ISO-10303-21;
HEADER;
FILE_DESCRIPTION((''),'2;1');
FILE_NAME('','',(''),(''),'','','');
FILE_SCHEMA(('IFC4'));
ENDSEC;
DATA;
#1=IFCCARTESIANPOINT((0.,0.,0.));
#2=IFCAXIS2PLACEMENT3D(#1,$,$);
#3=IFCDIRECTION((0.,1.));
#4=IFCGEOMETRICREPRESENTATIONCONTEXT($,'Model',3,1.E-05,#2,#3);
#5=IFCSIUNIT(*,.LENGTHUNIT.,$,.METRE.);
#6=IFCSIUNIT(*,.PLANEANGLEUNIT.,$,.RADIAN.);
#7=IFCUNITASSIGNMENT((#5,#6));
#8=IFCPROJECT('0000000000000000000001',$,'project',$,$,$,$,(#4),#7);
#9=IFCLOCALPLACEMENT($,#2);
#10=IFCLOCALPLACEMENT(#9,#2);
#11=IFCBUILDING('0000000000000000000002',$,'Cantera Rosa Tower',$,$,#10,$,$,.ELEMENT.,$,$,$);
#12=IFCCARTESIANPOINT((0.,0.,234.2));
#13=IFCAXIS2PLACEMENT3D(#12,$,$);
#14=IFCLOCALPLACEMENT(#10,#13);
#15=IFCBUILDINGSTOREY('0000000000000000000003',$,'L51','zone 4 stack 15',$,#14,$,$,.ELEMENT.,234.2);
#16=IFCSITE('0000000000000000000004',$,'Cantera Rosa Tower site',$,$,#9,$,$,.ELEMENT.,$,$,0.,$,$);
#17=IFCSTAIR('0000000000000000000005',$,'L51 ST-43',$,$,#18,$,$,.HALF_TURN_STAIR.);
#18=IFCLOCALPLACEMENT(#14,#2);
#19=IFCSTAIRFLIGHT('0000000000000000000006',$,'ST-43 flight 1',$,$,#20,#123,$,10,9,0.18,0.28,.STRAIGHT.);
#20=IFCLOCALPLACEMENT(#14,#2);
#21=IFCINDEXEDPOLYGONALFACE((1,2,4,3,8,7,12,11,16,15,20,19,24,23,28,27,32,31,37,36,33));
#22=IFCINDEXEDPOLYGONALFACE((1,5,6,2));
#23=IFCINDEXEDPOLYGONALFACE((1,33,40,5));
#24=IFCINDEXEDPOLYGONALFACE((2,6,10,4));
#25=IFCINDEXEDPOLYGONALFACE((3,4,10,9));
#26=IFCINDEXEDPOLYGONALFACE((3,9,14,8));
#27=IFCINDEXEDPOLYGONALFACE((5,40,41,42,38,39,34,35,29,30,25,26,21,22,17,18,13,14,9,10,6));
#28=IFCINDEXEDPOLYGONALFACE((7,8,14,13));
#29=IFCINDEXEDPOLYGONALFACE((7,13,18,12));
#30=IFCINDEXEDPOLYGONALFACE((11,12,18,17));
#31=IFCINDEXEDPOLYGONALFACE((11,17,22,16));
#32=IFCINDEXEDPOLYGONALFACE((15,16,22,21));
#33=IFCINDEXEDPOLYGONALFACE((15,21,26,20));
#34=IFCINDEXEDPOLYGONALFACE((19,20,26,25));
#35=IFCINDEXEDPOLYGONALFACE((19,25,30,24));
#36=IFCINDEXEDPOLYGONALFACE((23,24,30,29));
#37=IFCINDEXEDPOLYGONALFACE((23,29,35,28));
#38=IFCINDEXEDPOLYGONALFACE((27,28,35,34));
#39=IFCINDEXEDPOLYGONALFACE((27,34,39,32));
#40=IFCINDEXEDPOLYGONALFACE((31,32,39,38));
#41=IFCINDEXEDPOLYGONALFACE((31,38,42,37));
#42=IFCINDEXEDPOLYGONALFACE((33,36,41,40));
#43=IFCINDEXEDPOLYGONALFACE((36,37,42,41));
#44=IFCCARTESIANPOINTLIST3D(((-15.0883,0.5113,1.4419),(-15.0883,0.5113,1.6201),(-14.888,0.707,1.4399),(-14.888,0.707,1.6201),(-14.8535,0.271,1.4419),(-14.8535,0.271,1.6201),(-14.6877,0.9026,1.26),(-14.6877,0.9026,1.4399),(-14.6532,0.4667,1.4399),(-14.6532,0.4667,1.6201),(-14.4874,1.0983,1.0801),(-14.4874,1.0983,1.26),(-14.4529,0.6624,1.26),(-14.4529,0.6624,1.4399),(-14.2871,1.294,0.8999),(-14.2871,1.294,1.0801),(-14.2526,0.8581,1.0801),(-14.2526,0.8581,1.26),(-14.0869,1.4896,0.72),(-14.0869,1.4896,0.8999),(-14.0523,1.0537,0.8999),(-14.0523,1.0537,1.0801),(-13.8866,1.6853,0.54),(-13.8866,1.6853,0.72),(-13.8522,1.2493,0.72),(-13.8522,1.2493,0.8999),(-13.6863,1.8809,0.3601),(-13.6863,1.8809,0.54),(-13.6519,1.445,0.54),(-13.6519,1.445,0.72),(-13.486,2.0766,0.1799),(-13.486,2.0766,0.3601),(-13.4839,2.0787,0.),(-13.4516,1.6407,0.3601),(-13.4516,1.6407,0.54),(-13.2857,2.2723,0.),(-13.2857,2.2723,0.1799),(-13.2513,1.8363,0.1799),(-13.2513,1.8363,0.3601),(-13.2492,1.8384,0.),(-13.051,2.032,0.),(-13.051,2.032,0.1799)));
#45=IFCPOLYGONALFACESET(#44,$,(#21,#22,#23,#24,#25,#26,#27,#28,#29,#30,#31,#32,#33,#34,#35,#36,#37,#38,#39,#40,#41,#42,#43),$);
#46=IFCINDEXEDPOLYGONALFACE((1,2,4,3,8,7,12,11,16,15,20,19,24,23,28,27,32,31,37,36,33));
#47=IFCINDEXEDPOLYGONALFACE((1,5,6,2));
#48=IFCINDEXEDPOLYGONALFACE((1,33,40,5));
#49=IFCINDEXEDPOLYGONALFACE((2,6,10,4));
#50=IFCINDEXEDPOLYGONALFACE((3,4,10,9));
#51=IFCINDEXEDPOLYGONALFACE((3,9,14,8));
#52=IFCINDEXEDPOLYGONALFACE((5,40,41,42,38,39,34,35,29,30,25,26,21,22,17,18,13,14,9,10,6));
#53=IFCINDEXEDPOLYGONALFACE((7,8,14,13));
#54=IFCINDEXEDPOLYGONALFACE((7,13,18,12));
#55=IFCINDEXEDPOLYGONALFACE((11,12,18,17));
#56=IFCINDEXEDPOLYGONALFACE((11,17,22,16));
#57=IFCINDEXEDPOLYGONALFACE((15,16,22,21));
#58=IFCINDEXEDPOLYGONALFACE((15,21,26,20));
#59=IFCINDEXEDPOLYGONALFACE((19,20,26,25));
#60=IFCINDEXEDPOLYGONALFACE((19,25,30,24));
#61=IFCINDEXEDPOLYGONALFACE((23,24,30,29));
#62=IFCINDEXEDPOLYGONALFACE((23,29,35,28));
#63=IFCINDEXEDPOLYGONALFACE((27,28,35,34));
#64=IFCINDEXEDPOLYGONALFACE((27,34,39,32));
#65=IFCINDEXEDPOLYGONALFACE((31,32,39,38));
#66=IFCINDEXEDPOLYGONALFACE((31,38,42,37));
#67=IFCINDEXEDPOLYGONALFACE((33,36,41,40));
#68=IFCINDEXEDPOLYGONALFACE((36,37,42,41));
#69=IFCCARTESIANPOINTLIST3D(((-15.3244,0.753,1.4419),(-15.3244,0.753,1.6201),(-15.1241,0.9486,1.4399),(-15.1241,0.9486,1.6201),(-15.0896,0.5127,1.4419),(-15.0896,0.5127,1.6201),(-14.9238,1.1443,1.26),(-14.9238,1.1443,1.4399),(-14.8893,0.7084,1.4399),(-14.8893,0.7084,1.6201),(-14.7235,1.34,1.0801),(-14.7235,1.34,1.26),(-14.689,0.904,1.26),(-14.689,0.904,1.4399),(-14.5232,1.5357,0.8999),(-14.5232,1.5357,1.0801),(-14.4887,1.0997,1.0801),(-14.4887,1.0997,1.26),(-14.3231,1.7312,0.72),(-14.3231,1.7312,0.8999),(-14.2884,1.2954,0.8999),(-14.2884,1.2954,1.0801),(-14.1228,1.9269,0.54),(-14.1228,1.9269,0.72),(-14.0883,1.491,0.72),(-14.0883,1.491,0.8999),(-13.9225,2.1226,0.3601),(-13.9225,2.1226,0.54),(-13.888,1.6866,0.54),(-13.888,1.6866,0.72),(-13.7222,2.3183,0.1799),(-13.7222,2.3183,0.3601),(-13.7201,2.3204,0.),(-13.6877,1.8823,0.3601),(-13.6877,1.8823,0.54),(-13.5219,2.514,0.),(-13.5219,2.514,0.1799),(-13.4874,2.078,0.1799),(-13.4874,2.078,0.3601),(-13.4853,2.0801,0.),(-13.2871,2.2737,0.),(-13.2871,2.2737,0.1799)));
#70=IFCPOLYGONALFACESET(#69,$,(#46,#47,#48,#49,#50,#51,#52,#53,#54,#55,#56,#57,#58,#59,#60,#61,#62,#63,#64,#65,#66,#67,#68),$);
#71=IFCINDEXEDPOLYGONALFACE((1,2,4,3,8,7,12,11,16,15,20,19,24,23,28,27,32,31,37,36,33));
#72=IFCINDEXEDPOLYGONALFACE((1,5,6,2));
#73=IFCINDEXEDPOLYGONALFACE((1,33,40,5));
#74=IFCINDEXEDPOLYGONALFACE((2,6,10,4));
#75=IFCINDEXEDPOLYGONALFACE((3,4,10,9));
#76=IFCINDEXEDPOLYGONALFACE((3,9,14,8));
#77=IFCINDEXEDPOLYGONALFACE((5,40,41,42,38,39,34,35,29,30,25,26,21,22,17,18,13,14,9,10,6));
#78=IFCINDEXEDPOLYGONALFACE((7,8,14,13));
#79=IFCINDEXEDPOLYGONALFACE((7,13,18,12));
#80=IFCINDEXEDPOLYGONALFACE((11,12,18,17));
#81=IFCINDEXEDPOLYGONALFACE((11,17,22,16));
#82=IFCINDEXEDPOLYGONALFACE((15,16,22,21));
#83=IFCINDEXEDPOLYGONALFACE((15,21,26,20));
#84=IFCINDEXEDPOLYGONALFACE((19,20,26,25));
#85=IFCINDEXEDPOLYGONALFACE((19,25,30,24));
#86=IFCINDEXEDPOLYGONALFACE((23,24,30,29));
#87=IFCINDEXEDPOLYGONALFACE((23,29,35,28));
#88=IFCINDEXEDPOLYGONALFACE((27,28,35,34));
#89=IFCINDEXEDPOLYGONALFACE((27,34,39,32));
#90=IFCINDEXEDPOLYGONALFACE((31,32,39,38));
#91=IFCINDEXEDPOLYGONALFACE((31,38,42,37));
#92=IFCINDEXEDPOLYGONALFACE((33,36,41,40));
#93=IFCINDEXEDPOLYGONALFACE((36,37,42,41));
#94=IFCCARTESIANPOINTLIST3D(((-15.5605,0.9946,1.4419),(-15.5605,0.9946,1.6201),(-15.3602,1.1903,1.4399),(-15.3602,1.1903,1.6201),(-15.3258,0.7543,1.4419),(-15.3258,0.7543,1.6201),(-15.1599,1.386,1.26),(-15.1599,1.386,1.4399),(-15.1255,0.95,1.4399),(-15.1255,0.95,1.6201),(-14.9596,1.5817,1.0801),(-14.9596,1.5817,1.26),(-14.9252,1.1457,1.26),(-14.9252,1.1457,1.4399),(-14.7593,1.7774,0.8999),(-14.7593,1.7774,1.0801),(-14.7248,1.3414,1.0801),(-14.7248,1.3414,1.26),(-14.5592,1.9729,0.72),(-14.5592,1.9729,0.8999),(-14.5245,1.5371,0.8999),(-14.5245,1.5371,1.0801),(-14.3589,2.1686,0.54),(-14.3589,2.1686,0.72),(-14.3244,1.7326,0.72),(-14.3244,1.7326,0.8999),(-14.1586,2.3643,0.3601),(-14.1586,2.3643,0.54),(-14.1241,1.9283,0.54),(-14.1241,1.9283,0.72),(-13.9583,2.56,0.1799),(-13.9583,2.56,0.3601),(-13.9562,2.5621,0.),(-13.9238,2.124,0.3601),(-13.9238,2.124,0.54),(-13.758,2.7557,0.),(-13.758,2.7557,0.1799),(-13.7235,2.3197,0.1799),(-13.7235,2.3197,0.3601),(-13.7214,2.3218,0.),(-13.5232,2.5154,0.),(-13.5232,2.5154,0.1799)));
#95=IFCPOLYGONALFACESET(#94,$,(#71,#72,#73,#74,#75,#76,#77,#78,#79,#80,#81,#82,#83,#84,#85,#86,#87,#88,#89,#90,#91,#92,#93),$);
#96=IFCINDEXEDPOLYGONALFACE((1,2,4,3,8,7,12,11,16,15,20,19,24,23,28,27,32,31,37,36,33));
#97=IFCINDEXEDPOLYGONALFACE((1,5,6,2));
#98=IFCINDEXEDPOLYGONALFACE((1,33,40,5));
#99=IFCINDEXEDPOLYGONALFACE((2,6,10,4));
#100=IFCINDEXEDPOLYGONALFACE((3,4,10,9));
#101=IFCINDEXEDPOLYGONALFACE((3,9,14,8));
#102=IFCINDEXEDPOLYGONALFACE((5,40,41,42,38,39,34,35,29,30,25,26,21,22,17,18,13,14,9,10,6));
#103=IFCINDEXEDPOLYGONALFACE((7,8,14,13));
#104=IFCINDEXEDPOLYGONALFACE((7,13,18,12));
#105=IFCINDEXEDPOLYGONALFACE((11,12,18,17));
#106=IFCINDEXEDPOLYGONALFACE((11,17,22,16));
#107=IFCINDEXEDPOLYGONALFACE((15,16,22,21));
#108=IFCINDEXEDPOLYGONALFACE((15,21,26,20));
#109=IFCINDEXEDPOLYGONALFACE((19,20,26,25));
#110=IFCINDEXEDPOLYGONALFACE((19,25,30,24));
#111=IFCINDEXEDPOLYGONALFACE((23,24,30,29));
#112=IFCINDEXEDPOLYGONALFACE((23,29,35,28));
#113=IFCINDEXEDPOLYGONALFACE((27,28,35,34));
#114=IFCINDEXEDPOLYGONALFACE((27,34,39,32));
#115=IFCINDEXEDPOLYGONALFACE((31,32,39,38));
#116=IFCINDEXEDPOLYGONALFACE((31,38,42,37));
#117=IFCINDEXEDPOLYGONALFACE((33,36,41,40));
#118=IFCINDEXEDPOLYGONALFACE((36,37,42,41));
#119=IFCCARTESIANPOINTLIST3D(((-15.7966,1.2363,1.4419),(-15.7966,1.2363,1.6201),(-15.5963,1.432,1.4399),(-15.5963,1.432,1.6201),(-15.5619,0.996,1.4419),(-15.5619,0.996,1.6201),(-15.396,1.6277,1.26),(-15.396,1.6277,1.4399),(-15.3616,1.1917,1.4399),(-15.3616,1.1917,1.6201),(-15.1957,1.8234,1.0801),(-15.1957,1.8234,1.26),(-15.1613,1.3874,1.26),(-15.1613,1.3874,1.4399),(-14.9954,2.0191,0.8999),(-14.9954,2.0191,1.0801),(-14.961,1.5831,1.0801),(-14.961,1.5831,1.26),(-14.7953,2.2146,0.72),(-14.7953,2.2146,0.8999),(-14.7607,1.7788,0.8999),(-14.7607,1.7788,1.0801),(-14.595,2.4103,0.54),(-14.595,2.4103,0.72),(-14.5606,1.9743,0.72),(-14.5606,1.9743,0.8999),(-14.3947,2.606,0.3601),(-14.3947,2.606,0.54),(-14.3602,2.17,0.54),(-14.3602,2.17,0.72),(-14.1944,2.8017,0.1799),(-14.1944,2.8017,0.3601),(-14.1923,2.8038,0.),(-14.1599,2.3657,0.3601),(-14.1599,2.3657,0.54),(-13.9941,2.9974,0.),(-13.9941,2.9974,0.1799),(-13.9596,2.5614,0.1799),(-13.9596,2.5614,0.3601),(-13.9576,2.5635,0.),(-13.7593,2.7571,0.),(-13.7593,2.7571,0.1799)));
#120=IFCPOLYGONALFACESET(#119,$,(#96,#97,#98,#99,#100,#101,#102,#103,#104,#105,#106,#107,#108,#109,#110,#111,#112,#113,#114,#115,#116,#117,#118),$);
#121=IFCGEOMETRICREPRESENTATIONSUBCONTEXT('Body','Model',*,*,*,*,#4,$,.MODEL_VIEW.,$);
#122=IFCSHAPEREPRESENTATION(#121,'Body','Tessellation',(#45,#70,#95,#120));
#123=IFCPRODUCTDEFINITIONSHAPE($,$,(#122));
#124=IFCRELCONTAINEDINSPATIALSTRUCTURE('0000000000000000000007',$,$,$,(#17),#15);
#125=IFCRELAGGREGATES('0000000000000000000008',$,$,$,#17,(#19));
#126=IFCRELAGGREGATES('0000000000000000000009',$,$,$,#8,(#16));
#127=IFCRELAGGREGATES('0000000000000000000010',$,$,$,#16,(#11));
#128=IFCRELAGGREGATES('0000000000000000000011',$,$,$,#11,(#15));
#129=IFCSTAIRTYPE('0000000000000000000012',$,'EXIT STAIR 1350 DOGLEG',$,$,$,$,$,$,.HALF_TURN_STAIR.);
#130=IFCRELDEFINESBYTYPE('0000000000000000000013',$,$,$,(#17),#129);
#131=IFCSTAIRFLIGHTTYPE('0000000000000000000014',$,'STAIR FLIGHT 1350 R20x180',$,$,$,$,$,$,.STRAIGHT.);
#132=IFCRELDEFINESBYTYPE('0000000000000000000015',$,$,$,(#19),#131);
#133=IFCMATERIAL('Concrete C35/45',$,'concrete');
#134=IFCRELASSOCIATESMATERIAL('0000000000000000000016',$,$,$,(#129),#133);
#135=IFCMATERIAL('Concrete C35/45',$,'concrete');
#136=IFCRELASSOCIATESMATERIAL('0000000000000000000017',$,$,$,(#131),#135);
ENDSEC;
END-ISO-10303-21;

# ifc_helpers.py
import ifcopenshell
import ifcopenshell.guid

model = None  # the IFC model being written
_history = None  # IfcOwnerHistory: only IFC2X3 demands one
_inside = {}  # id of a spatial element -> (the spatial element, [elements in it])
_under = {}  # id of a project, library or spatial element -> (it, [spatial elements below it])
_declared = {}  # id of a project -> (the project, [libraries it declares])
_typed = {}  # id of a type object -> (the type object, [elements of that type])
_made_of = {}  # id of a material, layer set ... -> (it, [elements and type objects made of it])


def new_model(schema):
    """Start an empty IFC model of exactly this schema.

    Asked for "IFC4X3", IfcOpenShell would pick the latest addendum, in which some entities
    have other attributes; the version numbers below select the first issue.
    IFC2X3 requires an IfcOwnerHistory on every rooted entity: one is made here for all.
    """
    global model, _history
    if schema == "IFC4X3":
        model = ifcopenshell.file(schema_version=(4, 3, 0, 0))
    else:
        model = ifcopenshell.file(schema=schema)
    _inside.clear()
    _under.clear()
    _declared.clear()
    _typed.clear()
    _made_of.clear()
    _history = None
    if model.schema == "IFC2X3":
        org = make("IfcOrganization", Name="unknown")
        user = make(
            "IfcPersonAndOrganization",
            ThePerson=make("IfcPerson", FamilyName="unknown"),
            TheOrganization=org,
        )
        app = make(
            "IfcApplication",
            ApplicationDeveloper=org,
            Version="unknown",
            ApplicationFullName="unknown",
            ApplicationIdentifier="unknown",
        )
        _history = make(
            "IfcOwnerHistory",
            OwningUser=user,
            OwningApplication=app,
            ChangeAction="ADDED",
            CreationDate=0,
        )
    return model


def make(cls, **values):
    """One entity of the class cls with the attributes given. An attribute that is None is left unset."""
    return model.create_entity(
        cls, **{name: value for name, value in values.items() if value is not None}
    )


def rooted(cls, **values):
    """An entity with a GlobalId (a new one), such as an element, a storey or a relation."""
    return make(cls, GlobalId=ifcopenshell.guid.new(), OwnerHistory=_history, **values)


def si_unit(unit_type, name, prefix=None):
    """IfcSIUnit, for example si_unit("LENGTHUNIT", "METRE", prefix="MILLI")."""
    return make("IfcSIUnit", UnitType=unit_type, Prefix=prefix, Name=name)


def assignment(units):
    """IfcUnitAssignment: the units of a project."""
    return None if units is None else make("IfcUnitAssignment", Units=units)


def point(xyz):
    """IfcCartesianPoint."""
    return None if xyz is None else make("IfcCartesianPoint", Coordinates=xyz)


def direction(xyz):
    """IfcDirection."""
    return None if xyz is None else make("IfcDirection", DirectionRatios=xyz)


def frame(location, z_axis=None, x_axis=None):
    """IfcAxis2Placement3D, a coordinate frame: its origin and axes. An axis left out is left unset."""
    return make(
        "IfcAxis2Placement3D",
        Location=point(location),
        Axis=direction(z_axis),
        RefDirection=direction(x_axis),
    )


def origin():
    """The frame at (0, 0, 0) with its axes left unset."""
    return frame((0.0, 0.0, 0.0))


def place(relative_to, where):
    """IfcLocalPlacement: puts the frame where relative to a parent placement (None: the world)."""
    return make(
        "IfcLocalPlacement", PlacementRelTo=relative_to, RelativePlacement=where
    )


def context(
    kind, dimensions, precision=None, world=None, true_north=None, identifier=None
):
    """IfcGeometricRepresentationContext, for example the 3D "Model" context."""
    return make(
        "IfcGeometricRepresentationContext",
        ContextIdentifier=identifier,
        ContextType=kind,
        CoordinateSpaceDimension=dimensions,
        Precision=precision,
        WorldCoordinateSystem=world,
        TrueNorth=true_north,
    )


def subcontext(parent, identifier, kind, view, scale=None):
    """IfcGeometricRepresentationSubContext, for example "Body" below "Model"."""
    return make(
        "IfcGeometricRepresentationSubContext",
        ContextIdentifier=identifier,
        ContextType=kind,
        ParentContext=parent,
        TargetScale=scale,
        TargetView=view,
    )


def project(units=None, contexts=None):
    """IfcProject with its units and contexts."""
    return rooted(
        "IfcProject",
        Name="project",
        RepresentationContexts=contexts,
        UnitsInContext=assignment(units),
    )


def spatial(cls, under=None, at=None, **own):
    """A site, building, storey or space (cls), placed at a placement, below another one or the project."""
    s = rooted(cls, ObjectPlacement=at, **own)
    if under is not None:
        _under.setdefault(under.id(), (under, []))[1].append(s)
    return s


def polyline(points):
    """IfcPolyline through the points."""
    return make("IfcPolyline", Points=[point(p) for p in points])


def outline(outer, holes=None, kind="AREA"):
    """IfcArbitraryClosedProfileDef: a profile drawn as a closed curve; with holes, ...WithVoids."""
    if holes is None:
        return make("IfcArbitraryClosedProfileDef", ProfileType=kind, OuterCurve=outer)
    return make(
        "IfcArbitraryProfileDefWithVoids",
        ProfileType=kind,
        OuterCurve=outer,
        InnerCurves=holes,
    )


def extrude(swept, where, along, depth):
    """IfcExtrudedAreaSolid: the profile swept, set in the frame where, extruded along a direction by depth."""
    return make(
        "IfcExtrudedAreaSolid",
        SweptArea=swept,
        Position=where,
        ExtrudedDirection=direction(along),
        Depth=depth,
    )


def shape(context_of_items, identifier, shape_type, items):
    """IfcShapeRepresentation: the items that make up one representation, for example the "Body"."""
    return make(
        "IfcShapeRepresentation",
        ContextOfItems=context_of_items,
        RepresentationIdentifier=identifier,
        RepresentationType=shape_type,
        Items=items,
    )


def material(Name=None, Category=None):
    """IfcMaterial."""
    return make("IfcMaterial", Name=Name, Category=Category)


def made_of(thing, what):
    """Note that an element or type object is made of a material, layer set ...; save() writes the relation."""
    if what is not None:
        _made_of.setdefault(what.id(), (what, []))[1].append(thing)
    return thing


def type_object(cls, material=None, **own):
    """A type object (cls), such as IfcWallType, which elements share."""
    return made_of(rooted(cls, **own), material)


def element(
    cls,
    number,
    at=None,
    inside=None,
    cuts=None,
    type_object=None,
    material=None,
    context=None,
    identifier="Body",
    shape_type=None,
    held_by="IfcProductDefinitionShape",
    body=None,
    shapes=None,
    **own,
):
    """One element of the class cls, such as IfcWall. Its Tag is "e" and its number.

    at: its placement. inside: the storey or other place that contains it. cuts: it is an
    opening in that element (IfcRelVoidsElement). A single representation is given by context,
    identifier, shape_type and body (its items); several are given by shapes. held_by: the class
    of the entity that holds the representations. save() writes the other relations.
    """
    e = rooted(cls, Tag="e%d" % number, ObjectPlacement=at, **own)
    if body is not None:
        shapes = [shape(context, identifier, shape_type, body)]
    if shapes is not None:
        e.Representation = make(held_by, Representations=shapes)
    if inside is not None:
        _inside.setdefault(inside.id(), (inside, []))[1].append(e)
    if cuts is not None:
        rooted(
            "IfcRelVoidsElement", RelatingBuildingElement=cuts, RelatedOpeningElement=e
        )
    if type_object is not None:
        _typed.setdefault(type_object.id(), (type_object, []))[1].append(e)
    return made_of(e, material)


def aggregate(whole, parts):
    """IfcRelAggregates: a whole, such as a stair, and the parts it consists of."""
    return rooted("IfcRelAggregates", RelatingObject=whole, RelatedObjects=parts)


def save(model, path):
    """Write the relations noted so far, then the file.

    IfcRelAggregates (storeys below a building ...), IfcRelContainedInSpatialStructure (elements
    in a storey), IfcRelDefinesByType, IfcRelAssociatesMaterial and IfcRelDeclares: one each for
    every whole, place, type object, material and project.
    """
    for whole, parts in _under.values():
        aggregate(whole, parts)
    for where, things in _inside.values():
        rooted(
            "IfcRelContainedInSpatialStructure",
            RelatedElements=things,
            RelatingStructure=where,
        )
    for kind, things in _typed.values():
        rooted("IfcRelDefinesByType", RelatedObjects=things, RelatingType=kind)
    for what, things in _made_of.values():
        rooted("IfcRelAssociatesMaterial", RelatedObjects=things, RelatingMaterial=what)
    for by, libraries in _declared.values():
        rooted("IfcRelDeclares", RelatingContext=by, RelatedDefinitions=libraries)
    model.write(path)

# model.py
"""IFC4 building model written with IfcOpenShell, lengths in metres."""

from ifc_helpers import new_model, si_unit, direction, frame, origin, place, context, subcontext, project, spatial, polyline, outline, extrude, material, type_object, element, aggregate, save


model = new_model("IFC4")

# Units and contexts
model_context = context("Model", 3, precision=1e-05, world=origin(), true_north=direction((0.0, 1.0)))
body_context = subcontext(model_context, "Body", "Model", "MODEL_VIEW")
ifc_project = project(units=[si_unit("LENGTHUNIT", "METRE"), si_unit("PLANEANGLEUNIT", "RADIAN")], contexts=[model_context])

# Site, building, storey
site_placement = place(None, origin())
site = spatial("IfcSite", under=ifc_project, at=site_placement, Name="Cantera Rosa Tower site", CompositionType="ELEMENT", RefElevation=0.0)
building_placement = place(site_placement, origin())
building = spatial("IfcBuilding", under=site, at=building_placement, Name="Cantera Rosa Tower", CompositionType="ELEMENT")
storey_placement = place(building_placement, frame((0.0, 0.0, 234.2)))
storey = spatial("IfcBuildingStorey", under=building, at=storey_placement, Name="L51", Description="zone 4 stack 15", CompositionType="ELEMENT", Elevation=234.2)

# Stair, stair flight
ifc_material_1 = material(Name="Concrete C35/45", Category="concrete")
stair_type = type_object("IfcStairType", Name="EXIT STAIR 1350 DOGLEG", PredefinedType="HALF_TURN_STAIR", material=ifc_material_1)
stair_placement = place(storey_placement, origin())
stair = element("IfcStair", 1, at=stair_placement, inside=storey, type_object=stair_type, Name="L51 ST-43", PredefinedType="HALF_TURN_STAIR")
ifc_material_2 = material(Name="Concrete C35/45", Category="concrete")
stair_flight_type = type_object("IfcStairFlightType", Name="STAIR FLIGHT 1350 R20x180", PredefinedType="STRAIGHT", material=ifc_material_2)
stair_flight_placement = place(storey_placement, frame((-13.5227, 2.5149, 0.0), z_axis=(0.0, 0.0, 1.0), x_axis=(-0.715286, -0.698832, 0.0)))
stair_flight = element("IfcStairFlight", 2, at=stair_flight_placement, type_object=stair_flight_type, Name="ST-43 flight 1", NumberOfRisers=10, NumberOfTreads=9, PredefinedType="STRAIGHT", RiserHeight=0.18, TreadLength=0.28, context=body_context, shape_type="SweptSolid", body=[
    extrude(outline(polyline([(0.0, 0.0), (0.0, 0.1799), (0.28, 0.1799), (0.28, 0.3601), (0.5601, 0.3601), (0.5601, 0.54), (0.8401, 0.54), (0.8401, 0.72), (1.1201, 0.72), (1.1201, 0.8999), (1.3999, 0.8999), (1.3999, 1.0801), (1.6799, 1.0801), (1.6799, 1.26), (1.96, 1.26), (1.96, 1.4399), (2.24, 1.4399), (2.24, 1.6201), (2.52, 1.6201), (2.52, 1.8), (2.52, 1.4419), (0.2771, 0.0), (0.0, 0.0)])), frame((0.0, 0.675, 0.0), z_axis=(0.0, -1.0, 0.0), x_axis=(1.0, 0.0, 0.0)), (0.0, 0.0, 1.0), 0.3359),
    extrude(outline(polyline([(0.0, 0.0), (0.0, 0.1799), (0.28, 0.1799), (0.28, 0.3601), (0.5601, 0.3601), (0.5601, 0.54), (0.8401, 0.54), (0.8401, 0.72), (1.1201, 0.72), (1.1201, 0.8999), (1.3999, 0.8999), (1.3999, 1.0801), (1.6799, 1.0801), (1.6799, 1.26), (1.96, 1.26), (1.96, 1.4399), (2.24, 1.4399), (2.24, 1.6201), (2.52, 1.6201), (2.52, 1.8), (2.52, 1.4419), (0.2771, 0.0), (0.0, 0.0)])), frame((0.0, 0.3372, 0.0), z_axis=(0.0, -1.0, 0.0), x_axis=(1.0, 0.0, 0.0)), (0.0, 0.0, 1.0), 0.3359),
    extrude(outline(polyline([(0.0, 0.0), (0.0, 0.1799), (0.28, 0.1799), (0.28, 0.3601), (0.5601, 0.3601), (0.5601, 0.54), (0.8401, 0.54), (0.8401, 0.72), (1.1201, 0.72), (1.1201, 0.8999), (1.3999, 0.8999), (1.3999, 1.0801), (1.6799, 1.0801), (1.6799, 1.26), (1.96, 1.26), (1.96, 1.4399), (2.24, 1.4399), (2.24, 1.6201), (2.52, 1.6201), (2.52, 1.8), (2.52, 1.4419), (0.2771, 0.0), (0.0, 0.0)])), frame((0.0, -0.0007, 0.0), z_axis=(0.0, -1.0, 0.0), x_axis=(1.0, 0.0, 0.0)), (0.0, 0.0, 1.0), 0.3359),
    extrude(outline(polyline([(0.0, 0.0), (0.0, 0.1799), (0.28, 0.1799), (0.28, 0.3601), (0.5601, 0.3601), (0.5601, 0.54), (0.8401, 0.54), (0.8401, 0.72), (1.1201, 0.72), (1.1201, 0.8999), (1.3999, 0.8999), (1.3999, 1.0801), (1.6799, 1.0801), (1.6799, 1.26), (1.96, 1.26), (1.96, 1.4399), (2.24, 1.4399), (2.24, 1.6201), (2.52, 1.6201), (2.52, 1.8), (2.52, 1.4419), (0.2771, 0.0), (0.0, 0.0)])), frame((0.0, -0.3386, 0.0), z_axis=(0.0, -1.0, 0.0), x_axis=(1.0, 0.0, 0.0)), (0.0, 0.0, 1.0), 0.3359),
])
aggregate(stair, [stair_flight])

save(model, "model.ifc")
